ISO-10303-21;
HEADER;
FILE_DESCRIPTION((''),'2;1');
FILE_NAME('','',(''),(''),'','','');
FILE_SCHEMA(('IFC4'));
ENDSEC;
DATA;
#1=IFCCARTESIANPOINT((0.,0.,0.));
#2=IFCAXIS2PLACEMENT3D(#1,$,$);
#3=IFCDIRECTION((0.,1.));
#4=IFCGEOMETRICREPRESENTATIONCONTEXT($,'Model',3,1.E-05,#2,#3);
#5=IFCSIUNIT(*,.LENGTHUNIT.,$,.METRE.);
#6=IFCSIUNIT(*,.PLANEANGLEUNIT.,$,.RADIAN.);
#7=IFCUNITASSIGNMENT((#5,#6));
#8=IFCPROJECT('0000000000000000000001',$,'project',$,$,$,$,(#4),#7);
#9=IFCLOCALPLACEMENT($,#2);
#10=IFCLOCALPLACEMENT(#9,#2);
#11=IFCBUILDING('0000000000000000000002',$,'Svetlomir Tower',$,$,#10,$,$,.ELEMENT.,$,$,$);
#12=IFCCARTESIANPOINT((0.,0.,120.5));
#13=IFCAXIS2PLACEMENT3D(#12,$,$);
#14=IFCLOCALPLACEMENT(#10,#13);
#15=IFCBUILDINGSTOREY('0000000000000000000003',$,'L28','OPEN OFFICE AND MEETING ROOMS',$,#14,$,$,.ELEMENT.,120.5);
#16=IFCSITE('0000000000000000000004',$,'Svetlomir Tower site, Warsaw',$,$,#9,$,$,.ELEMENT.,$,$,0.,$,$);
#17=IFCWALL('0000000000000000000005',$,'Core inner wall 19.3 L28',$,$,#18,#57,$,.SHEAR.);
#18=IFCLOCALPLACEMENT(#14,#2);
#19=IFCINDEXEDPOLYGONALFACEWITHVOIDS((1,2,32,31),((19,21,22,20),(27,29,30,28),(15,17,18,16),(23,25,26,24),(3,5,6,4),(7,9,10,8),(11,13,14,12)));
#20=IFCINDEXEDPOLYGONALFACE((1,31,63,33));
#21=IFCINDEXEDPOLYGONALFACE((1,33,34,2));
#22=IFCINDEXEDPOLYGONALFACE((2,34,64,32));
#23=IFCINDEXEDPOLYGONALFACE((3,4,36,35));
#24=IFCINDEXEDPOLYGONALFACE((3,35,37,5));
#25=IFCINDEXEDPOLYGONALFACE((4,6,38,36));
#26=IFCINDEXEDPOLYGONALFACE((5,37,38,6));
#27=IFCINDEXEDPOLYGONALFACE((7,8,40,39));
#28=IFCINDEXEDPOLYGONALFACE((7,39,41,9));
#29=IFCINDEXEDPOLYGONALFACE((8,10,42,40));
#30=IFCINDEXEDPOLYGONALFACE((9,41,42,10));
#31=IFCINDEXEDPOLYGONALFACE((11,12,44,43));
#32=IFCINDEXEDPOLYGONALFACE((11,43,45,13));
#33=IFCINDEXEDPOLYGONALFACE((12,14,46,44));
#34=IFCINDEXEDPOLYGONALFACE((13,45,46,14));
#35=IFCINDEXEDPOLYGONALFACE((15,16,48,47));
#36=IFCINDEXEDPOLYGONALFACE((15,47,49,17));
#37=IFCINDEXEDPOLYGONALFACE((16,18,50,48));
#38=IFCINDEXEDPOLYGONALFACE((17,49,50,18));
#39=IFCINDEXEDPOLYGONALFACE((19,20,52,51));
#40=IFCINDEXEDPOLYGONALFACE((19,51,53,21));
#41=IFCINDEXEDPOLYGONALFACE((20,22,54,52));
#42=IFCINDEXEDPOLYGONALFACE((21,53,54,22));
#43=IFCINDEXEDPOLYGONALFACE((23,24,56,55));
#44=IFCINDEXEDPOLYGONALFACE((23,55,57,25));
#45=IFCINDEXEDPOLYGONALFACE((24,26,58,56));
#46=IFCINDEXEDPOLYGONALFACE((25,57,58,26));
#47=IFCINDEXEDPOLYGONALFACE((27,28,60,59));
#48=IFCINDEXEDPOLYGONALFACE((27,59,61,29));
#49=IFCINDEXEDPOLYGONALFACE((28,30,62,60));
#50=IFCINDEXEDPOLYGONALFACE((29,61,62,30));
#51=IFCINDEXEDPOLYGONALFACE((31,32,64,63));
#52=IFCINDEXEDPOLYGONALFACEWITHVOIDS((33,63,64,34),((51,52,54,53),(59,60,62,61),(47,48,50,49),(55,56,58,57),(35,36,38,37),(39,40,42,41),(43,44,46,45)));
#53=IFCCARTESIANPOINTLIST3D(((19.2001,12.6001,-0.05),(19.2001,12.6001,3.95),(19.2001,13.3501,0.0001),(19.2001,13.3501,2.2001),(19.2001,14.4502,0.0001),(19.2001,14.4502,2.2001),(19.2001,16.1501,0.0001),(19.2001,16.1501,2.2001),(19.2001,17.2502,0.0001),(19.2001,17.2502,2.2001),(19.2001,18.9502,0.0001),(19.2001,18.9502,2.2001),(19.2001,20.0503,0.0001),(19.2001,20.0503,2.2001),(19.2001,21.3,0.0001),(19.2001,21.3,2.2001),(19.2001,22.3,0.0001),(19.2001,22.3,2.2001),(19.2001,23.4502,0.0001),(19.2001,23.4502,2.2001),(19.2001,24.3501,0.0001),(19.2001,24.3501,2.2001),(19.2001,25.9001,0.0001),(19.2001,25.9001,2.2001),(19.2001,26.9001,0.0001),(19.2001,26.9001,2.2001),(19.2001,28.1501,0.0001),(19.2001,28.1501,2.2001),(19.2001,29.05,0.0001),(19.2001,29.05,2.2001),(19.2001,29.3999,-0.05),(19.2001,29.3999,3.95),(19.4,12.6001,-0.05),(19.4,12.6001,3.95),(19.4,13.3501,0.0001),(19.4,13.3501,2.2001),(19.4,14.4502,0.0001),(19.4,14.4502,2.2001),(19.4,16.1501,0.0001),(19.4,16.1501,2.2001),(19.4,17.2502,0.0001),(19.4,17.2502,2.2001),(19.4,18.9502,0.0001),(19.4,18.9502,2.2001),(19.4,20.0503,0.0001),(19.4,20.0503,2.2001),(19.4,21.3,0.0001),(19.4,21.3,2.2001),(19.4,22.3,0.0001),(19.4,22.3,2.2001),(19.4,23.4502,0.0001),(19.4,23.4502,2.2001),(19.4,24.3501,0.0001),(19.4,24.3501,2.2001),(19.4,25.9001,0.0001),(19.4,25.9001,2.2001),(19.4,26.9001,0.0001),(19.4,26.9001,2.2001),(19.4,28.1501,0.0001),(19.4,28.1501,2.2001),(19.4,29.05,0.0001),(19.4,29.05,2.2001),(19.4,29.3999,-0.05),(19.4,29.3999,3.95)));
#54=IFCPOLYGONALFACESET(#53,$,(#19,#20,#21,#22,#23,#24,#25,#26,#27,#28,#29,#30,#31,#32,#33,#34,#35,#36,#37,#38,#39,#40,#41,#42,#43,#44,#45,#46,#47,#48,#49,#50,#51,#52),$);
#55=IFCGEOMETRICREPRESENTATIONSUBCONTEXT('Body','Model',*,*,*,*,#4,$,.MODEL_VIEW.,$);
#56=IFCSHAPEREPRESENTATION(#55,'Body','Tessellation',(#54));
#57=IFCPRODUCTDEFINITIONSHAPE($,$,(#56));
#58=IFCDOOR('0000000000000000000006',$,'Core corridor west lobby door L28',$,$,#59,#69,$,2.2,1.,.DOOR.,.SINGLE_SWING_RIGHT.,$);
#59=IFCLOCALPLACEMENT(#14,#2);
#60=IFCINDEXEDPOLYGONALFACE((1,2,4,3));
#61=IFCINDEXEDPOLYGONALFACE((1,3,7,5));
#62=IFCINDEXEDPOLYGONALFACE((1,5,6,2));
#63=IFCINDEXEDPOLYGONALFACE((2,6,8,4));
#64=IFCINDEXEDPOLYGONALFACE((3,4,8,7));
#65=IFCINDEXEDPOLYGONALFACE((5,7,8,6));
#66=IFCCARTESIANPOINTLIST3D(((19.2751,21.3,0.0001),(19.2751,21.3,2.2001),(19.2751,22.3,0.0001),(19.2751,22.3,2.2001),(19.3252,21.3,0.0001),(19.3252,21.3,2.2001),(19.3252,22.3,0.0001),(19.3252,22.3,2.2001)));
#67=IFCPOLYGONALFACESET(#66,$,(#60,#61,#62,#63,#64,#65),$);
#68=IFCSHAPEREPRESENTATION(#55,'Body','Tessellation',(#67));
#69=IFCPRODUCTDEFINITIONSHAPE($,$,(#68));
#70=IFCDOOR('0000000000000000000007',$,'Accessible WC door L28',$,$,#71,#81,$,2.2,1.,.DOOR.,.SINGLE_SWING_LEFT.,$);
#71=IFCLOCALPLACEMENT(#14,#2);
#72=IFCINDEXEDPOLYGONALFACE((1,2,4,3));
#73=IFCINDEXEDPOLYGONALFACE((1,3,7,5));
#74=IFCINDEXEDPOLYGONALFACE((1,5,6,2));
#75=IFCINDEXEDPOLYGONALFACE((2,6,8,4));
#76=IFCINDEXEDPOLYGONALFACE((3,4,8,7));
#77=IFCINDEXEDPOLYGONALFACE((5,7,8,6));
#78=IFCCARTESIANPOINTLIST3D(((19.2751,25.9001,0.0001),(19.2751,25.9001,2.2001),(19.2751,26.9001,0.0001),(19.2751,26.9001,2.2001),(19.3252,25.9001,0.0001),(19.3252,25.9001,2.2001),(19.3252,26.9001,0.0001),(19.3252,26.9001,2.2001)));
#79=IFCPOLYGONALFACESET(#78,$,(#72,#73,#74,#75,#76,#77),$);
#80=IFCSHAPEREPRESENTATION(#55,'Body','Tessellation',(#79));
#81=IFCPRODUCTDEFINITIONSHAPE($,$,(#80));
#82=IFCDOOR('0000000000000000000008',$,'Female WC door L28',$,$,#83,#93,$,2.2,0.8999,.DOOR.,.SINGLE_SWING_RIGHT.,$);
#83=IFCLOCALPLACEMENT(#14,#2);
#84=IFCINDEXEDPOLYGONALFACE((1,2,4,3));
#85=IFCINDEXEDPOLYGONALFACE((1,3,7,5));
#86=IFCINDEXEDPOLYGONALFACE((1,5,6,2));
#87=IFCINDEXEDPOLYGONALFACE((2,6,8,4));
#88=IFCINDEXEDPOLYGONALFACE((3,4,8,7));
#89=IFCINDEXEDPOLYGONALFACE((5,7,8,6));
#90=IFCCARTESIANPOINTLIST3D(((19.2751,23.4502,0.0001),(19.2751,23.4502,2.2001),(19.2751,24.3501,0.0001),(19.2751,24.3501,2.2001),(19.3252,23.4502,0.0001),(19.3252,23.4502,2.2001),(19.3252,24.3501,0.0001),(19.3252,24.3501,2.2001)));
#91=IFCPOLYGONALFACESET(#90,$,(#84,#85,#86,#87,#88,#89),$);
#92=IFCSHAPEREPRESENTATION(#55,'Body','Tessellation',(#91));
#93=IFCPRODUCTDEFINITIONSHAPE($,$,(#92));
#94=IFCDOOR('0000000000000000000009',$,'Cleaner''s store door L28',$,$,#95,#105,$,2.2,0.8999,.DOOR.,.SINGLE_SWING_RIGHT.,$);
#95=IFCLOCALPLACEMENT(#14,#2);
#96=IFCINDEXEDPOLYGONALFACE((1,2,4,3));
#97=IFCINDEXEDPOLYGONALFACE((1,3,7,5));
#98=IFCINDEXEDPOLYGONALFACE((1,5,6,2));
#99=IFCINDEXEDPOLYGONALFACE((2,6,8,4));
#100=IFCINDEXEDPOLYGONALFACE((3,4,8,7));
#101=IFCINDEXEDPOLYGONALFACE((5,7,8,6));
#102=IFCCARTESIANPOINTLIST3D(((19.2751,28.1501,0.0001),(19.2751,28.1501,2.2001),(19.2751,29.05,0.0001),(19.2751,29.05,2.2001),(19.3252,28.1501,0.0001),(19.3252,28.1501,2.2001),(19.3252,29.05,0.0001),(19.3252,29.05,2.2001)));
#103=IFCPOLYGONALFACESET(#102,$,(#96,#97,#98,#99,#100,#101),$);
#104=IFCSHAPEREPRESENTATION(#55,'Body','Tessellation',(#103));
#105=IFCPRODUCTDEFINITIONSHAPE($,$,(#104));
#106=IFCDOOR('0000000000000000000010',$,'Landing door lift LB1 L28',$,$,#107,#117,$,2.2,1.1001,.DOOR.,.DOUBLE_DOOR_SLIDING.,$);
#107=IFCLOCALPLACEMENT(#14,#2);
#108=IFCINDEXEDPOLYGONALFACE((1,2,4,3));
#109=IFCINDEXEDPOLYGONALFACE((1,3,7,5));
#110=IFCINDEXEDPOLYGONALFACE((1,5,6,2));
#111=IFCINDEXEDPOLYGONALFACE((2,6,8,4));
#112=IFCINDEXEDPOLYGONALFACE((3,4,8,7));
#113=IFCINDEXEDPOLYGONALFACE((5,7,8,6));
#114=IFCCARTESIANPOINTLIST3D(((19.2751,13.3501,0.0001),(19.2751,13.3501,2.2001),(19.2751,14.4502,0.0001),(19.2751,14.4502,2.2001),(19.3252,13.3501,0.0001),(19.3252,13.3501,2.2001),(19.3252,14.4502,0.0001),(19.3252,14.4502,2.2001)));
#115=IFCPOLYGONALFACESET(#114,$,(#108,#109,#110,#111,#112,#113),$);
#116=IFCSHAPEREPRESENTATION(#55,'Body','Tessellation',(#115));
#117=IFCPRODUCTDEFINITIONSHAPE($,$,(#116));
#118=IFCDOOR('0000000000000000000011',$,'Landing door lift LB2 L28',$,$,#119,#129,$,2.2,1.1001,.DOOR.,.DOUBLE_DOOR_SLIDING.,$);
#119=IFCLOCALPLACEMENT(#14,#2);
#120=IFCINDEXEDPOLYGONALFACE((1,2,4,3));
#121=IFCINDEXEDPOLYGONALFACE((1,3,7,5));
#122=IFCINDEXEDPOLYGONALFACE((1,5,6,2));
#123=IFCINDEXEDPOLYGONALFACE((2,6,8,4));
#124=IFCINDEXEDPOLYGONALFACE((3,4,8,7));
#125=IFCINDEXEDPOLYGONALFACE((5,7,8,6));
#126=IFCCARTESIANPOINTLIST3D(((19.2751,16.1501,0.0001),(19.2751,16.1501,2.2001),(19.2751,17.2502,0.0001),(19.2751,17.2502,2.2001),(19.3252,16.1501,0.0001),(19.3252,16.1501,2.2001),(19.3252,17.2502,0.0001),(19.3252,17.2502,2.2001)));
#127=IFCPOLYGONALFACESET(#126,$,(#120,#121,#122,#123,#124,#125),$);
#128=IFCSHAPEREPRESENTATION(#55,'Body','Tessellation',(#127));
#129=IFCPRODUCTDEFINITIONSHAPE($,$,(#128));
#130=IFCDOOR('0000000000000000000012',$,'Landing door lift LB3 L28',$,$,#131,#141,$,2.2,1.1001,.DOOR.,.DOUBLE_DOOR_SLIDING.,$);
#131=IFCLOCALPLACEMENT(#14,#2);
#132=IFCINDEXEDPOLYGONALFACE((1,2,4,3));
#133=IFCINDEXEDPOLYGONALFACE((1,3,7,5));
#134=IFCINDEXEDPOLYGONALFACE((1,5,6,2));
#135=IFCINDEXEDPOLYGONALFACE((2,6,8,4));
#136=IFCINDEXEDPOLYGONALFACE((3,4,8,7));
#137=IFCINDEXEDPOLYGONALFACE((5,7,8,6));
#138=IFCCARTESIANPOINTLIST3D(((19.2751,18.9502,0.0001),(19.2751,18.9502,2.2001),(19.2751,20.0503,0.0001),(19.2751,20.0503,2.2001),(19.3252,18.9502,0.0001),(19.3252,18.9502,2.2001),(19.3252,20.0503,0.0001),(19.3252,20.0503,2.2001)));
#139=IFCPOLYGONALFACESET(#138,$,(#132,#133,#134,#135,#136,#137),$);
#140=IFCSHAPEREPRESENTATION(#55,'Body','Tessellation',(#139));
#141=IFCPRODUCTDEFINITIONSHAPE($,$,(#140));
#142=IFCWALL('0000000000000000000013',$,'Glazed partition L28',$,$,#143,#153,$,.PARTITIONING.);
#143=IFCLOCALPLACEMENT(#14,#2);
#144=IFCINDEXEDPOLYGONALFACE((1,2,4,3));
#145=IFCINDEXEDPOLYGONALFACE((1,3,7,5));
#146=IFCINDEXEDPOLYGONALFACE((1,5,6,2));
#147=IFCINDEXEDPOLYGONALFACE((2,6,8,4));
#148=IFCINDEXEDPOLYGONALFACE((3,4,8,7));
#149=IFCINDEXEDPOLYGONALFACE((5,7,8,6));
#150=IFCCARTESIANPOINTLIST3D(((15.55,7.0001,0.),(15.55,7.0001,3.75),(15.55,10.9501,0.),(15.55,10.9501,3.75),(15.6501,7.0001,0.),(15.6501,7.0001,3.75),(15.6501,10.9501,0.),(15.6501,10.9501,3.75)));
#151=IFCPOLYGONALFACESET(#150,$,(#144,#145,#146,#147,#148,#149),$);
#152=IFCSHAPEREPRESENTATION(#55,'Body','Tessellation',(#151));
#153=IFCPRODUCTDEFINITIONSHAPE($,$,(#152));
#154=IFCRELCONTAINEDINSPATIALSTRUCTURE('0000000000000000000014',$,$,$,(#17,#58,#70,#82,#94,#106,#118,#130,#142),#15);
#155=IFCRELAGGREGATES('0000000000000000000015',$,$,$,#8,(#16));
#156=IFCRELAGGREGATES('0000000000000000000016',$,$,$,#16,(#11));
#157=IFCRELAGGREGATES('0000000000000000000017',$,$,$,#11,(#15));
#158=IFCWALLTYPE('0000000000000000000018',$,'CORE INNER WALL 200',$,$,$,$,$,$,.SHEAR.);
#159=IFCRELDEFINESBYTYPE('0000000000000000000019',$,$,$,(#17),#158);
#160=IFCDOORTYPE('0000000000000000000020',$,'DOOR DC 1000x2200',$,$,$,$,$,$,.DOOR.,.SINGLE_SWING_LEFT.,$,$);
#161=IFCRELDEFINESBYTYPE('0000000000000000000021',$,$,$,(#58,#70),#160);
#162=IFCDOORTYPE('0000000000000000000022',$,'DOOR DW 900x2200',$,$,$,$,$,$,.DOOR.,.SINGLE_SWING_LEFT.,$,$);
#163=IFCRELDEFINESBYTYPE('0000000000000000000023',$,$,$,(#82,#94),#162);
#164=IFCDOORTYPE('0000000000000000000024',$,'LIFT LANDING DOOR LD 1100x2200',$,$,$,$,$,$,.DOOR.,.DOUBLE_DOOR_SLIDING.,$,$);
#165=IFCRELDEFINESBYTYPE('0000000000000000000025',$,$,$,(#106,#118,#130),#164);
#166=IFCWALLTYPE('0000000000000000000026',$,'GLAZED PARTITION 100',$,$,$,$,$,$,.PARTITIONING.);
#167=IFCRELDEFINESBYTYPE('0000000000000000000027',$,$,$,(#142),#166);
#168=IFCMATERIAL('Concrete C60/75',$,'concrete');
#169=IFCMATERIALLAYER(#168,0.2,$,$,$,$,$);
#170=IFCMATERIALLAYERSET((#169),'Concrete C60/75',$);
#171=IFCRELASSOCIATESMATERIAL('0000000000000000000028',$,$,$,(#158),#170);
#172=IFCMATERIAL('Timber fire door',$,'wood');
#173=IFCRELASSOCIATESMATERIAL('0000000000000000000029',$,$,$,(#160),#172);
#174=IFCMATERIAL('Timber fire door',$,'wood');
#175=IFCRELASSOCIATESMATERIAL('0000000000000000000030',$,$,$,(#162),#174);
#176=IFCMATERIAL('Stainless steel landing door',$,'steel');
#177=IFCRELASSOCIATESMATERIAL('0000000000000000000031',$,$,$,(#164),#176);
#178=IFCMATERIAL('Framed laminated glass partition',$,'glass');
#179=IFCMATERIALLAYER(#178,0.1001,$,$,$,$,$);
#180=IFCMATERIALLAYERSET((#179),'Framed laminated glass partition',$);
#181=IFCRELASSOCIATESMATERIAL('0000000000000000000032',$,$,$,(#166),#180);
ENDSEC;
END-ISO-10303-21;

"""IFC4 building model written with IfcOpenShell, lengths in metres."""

from ifc_helpers import new_model, si_unit, direction, frame, frame_2d, origin, place, context, subcontext, project, spatial, rectangle, extrude, material, layer, layer_set, type_object, element, fill, save


model = new_model("IFC4")

# Units and contexts
model_context = context("Model", 3, precision=1e-05, world=origin(), true_north=direction((0.0, 1.0)))
body_context = subcontext(model_context, "Body", "Model", "MODEL_VIEW")
ifc_project = project(units=[si_unit("LENGTHUNIT", "METRE"), si_unit("PLANEANGLEUNIT", "RADIAN")], contexts=[model_context])

# Site, building, storey
site_placement = place(None, origin())
site = spatial("IfcSite", under=ifc_project, at=site_placement, Name="Svetlomir Tower site, Warsaw", CompositionType="ELEMENT", RefElevation=0.0)
building_placement = place(site_placement, origin())
building = spatial("IfcBuilding", under=site, at=building_placement, Name="Svetlomir Tower", CompositionType="ELEMENT")
storey_placement = place(building_placement, frame((0.0, 0.0, 120.5)))
storey = spatial("IfcBuildingStorey", under=building, at=storey_placement, Name="L28", Description="OPEN OFFICE AND MEETING ROOMS", CompositionType="ELEMENT", Elevation=120.5)

# Shared definitions
ifc_material_1 = material(Name="Concrete C60/75", Category="concrete")
ifc_layer_1 = layer(ifc_material_1, 0.2)
ifc_layer_set_1 = layer_set([ifc_layer_1], Name="Concrete C60/75")
wall_type_1 = type_object("IfcWallType", Name="CORE INNER WALL 200", PredefinedType="SHEAR", material=ifc_layer_set_1)

# Wall, openings, doors
wall_1_placement = place(storey_placement, frame((19.3, 12.6001, -0.05), z_axis=(0.0, 0.0, 1.0), x_axis=(0.0, 1.0, 0.0)))
wall_1 = element("IfcWall", 1, at=wall_1_placement, inside=storey, type_object=wall_type_1, Name="Core inner wall 19.3 L28", PredefinedType="SHEAR", context=body_context, shape_type="SweptSolid", body=[
    extrude(rectangle(XDim=16.7998, YDim=0.2, at=frame_2d((8.3999, 0.0))), origin(), (0.0, 0.0, 1.0), 4.0),
])
opening_1_placement = place(wall_1_placement, frame((8.7, 0.0, 0.05)))
opening_1 = element("IfcOpeningElement", 2, at=opening_1_placement, cuts=wall_1, PredefinedType="OPENING", context=body_context, shape_type="SweptSolid", body=[
    extrude(rectangle(XDim=1.0, YDim=2.2, at=frame_2d((0.5, 1.1001))), frame((0.0, 0.1099, 0.0), z_axis=(0.0, -1.0, 0.0), x_axis=(1.0, 0.0, 0.0)), (0.0, 0.0, 1.0), 0.22),
])
opening_2_placement = place(wall_1_placement, frame((10.8501, 0.0, 0.05)))
opening_2 = element("IfcOpeningElement", 3, at=opening_2_placement, cuts=wall_1, PredefinedType="OPENING", context=body_context, shape_type="SweptSolid", body=[
    extrude(rectangle(XDim=0.8999, YDim=2.2, at=frame_2d((0.45, 1.1001))), frame((0.0, 0.1099, 0.0), z_axis=(0.0, -1.0, 0.0), x_axis=(1.0, 0.0, 0.0)), (0.0, 0.0, 1.0), 0.22),
])
opening_3_placement = place(wall_1_placement, frame((13.3, 0.0, 0.05)))
opening_3 = element("IfcOpeningElement", 4, at=opening_3_placement, cuts=wall_1, PredefinedType="OPENING", context=body_context, shape_type="SweptSolid", body=[
    extrude(rectangle(XDim=1.0, YDim=2.2, at=frame_2d((0.5, 1.1001))), frame((0.0, 0.1099, 0.0), z_axis=(0.0, -1.0, 0.0), x_axis=(1.0, 0.0, 0.0)), (0.0, 0.0, 1.0), 0.22),
])
opening_4_placement = place(wall_1_placement, frame((15.55, 0.0, 0.05)))
opening_4 = element("IfcOpeningElement", 5, at=opening_4_placement, cuts=wall_1, PredefinedType="OPENING", context=body_context, shape_type="SweptSolid", body=[
    extrude(rectangle(XDim=0.8999, YDim=2.2, at=frame_2d((0.45, 1.1001))), frame((0.0, 0.1099, 0.0), z_axis=(0.0, -1.0, 0.0), x_axis=(1.0, 0.0, 0.0)), (0.0, 0.0, 1.0), 0.22),
])
opening_5_placement = place(wall_1_placement, frame((0.75, 0.0, 0.05)))
opening_5 = element("IfcOpeningElement", 6, at=opening_5_placement, cuts=wall_1, PredefinedType="OPENING", context=body_context, shape_type="SweptSolid", body=[
    extrude(rectangle(XDim=1.1001, YDim=2.2, at=frame_2d((0.55, 1.1001))), frame((0.0, 0.1099, 0.0), z_axis=(0.0, -1.0, 0.0), x_axis=(1.0, 0.0, 0.0)), (0.0, 0.0, 1.0), 0.22),
])
opening_6_placement = place(wall_1_placement, frame((3.55, 0.0, 0.05)))
opening_6 = element("IfcOpeningElement", 7, at=opening_6_placement, cuts=wall_1, PredefinedType="OPENING", context=body_context, shape_type="SweptSolid", body=[
    extrude(rectangle(XDim=1.1001, YDim=2.2, at=frame_2d((0.55, 1.1001))), frame((0.0, 0.1099, 0.0), z_axis=(0.0, -1.0, 0.0), x_axis=(1.0, 0.0, 0.0)), (0.0, 0.0, 1.0), 0.22),
])
opening_7_placement = place(wall_1_placement, frame((6.3501, 0.0, 0.05)))
opening_7 = element("IfcOpeningElement", 8, at=opening_7_placement, cuts=wall_1, PredefinedType="OPENING", context=body_context, shape_type="SweptSolid", body=[
    extrude(rectangle(XDim=1.1001, YDim=2.2, at=frame_2d((0.55, 1.1001))), frame((0.0, 0.1099, 0.0), z_axis=(0.0, -1.0, 0.0), x_axis=(1.0, 0.0, 0.0)), (0.0, 0.0, 1.0), 0.22),
])
ifc_material_2 = material(Name="Timber fire door", Category="wood")
door_type_1 = type_object("IfcDoorType", Name="DOOR DC 1000x2200", OperationType="SINGLE_SWING_LEFT", PredefinedType="DOOR", material=ifc_material_2)
door_1_placement = place(opening_1_placement, origin())
door_1 = element("IfcDoor", 9, at=door_1_placement, inside=storey, type_object=door_type_1, Name="Core corridor west lobby door L28", OperationType="SINGLE_SWING_RIGHT", OverallHeight=2.2, OverallWidth=1.0, PredefinedType="DOOR", context=body_context, shape_type="SweptSolid", body=[
    extrude(rectangle(XDim=1.0, YDim=2.2, at=frame_2d((0.5, 1.1001))), frame((0.0, 0.0249, 0.0), z_axis=(0.0, -1.0, 0.0), x_axis=(1.0, 0.0, 0.0)), (0.0, 0.0, 1.0), 0.05),
])
fill(opening_1, door_1)
door_2_placement = place(opening_3_placement, origin())
door_2 = element("IfcDoor", 10, at=door_2_placement, inside=storey, type_object=door_type_1, Name="Accessible WC door L28", OperationType="SINGLE_SWING_LEFT", OverallHeight=2.2, OverallWidth=1.0, PredefinedType="DOOR", context=body_context, shape_type="SweptSolid", body=[
    extrude(rectangle(XDim=1.0, YDim=2.2, at=frame_2d((0.5, 1.1001))), frame((0.0, 0.0249, 0.0), z_axis=(0.0, -1.0, 0.0), x_axis=(1.0, 0.0, 0.0)), (0.0, 0.0, 1.0), 0.05),
])
fill(opening_3, door_2)
ifc_material_3 = material(Name="Timber fire door", Category="wood")
door_type_2 = type_object("IfcDoorType", Name="DOOR DW 900x2200", OperationType="SINGLE_SWING_LEFT", PredefinedType="DOOR", material=ifc_material_3)
door_3_placement = place(opening_2_placement, origin())
door_3 = element("IfcDoor", 11, at=door_3_placement, inside=storey, type_object=door_type_2, Name="Female WC door L28", OperationType="SINGLE_SWING_RIGHT", OverallHeight=2.2, OverallWidth=0.8999, PredefinedType="DOOR", context=body_context, shape_type="SweptSolid", body=[
    extrude(rectangle(XDim=0.8999, YDim=2.2, at=frame_2d((0.45, 1.1001))), frame((0.0, 0.0249, 0.0), z_axis=(0.0, -1.0, 0.0), x_axis=(1.0, 0.0, 0.0)), (0.0, 0.0, 1.0), 0.05),
])
fill(opening_2, door_3)
door_4_placement = place(opening_4_placement, origin())
door_4 = element("IfcDoor", 12, at=door_4_placement, inside=storey, type_object=door_type_2, Name="Cleaner's store door L28", OperationType="SINGLE_SWING_RIGHT", OverallHeight=2.2, OverallWidth=0.8999, PredefinedType="DOOR", context=body_context, shape_type="SweptSolid", body=[
    extrude(rectangle(XDim=0.8999, YDim=2.2, at=frame_2d((0.45, 1.1001))), frame((0.0, 0.0249, 0.0), z_axis=(0.0, -1.0, 0.0), x_axis=(1.0, 0.0, 0.0)), (0.0, 0.0, 1.0), 0.05),
])
fill(opening_4, door_4)
ifc_material_4 = material(Name="Stainless steel landing door", Category="steel")
door_type_3 = type_object("IfcDoorType", Name="LIFT LANDING DOOR LD 1100x2200", OperationType="DOUBLE_DOOR_SLIDING", PredefinedType="DOOR", material=ifc_material_4)
door_5_placement = place(opening_5_placement, origin())
door_5 = element("IfcDoor", 13, at=door_5_placement, inside=storey, type_object=door_type_3, Name="Landing door lift LB1 L28", OperationType="DOUBLE_DOOR_SLIDING", OverallHeight=2.2, OverallWidth=1.1001, PredefinedType="DOOR", context=body_context, shape_type="SweptSolid", body=[
    extrude(rectangle(XDim=1.1001, YDim=2.2, at=frame_2d((0.55, 1.1001))), frame((0.0, 0.0249, 0.0), z_axis=(0.0, -1.0, 0.0), x_axis=(1.0, 0.0, 0.0)), (0.0, 0.0, 1.0), 0.05),
])
fill(opening_5, door_5)
door_6_placement = place(opening_6_placement, origin())
door_6 = element("IfcDoor", 14, at=door_6_placement, inside=storey, type_object=door_type_3, Name="Landing door lift LB2 L28", OperationType="DOUBLE_DOOR_SLIDING", OverallHeight=2.2, OverallWidth=1.1001, PredefinedType="DOOR", context=body_context, shape_type="SweptSolid", body=[
    extrude(rectangle(XDim=1.1001, YDim=2.2, at=frame_2d((0.55, 1.1001))), frame((0.0, 0.0249, 0.0), z_axis=(0.0, -1.0, 0.0), x_axis=(1.0, 0.0, 0.0)), (0.0, 0.0, 1.0), 0.05),
])
fill(opening_6, door_6)
door_7_placement = place(opening_7_placement, origin())
door_7 = element("IfcDoor", 15, at=door_7_placement, inside=storey, type_object=door_type_3, Name="Landing door lift LB3 L28", OperationType="DOUBLE_DOOR_SLIDING", OverallHeight=2.2, OverallWidth=1.1001, PredefinedType="DOOR", context=body_context, shape_type="SweptSolid", body=[
    extrude(rectangle(XDim=1.1001, YDim=2.2, at=frame_2d((0.55, 1.1001))), frame((0.0, 0.0249, 0.0), z_axis=(0.0, -1.0, 0.0), x_axis=(1.0, 0.0, 0.0)), (0.0, 0.0, 1.0), 0.05),
])
fill(opening_7, door_7)

# Wall
ifc_material_5 = material(Name="Framed laminated glass partition", Category="glass")
ifc_layer_2 = layer(ifc_material_5, 0.1001)
ifc_layer_set_2 = layer_set([ifc_layer_2], Name="Framed laminated glass partition")
wall_type_2 = type_object("IfcWallType", Name="GLAZED PARTITION 100", PredefinedType="PARTITIONING", material=ifc_layer_set_2)
wall_2_placement = place(storey_placement, frame((15.6001, 7.0, 0.0), z_axis=(0.0, 0.0, 1.0), x_axis=(0.0, 1.0, 0.0)))
element("IfcWall", 16, at=wall_2_placement, inside=storey, type_object=wall_type_2, Name="Glazed partition L28", PredefinedType="PARTITIONING", context=body_context, shape_type="SweptSolid", body=[
    extrude(rectangle(XDim=3.95, YDim=0.1001, at=frame_2d((1.9751, 0.0))), origin(), (0.0, 0.0, 1.0), 3.75),
])

save(model, "model.ifc")
